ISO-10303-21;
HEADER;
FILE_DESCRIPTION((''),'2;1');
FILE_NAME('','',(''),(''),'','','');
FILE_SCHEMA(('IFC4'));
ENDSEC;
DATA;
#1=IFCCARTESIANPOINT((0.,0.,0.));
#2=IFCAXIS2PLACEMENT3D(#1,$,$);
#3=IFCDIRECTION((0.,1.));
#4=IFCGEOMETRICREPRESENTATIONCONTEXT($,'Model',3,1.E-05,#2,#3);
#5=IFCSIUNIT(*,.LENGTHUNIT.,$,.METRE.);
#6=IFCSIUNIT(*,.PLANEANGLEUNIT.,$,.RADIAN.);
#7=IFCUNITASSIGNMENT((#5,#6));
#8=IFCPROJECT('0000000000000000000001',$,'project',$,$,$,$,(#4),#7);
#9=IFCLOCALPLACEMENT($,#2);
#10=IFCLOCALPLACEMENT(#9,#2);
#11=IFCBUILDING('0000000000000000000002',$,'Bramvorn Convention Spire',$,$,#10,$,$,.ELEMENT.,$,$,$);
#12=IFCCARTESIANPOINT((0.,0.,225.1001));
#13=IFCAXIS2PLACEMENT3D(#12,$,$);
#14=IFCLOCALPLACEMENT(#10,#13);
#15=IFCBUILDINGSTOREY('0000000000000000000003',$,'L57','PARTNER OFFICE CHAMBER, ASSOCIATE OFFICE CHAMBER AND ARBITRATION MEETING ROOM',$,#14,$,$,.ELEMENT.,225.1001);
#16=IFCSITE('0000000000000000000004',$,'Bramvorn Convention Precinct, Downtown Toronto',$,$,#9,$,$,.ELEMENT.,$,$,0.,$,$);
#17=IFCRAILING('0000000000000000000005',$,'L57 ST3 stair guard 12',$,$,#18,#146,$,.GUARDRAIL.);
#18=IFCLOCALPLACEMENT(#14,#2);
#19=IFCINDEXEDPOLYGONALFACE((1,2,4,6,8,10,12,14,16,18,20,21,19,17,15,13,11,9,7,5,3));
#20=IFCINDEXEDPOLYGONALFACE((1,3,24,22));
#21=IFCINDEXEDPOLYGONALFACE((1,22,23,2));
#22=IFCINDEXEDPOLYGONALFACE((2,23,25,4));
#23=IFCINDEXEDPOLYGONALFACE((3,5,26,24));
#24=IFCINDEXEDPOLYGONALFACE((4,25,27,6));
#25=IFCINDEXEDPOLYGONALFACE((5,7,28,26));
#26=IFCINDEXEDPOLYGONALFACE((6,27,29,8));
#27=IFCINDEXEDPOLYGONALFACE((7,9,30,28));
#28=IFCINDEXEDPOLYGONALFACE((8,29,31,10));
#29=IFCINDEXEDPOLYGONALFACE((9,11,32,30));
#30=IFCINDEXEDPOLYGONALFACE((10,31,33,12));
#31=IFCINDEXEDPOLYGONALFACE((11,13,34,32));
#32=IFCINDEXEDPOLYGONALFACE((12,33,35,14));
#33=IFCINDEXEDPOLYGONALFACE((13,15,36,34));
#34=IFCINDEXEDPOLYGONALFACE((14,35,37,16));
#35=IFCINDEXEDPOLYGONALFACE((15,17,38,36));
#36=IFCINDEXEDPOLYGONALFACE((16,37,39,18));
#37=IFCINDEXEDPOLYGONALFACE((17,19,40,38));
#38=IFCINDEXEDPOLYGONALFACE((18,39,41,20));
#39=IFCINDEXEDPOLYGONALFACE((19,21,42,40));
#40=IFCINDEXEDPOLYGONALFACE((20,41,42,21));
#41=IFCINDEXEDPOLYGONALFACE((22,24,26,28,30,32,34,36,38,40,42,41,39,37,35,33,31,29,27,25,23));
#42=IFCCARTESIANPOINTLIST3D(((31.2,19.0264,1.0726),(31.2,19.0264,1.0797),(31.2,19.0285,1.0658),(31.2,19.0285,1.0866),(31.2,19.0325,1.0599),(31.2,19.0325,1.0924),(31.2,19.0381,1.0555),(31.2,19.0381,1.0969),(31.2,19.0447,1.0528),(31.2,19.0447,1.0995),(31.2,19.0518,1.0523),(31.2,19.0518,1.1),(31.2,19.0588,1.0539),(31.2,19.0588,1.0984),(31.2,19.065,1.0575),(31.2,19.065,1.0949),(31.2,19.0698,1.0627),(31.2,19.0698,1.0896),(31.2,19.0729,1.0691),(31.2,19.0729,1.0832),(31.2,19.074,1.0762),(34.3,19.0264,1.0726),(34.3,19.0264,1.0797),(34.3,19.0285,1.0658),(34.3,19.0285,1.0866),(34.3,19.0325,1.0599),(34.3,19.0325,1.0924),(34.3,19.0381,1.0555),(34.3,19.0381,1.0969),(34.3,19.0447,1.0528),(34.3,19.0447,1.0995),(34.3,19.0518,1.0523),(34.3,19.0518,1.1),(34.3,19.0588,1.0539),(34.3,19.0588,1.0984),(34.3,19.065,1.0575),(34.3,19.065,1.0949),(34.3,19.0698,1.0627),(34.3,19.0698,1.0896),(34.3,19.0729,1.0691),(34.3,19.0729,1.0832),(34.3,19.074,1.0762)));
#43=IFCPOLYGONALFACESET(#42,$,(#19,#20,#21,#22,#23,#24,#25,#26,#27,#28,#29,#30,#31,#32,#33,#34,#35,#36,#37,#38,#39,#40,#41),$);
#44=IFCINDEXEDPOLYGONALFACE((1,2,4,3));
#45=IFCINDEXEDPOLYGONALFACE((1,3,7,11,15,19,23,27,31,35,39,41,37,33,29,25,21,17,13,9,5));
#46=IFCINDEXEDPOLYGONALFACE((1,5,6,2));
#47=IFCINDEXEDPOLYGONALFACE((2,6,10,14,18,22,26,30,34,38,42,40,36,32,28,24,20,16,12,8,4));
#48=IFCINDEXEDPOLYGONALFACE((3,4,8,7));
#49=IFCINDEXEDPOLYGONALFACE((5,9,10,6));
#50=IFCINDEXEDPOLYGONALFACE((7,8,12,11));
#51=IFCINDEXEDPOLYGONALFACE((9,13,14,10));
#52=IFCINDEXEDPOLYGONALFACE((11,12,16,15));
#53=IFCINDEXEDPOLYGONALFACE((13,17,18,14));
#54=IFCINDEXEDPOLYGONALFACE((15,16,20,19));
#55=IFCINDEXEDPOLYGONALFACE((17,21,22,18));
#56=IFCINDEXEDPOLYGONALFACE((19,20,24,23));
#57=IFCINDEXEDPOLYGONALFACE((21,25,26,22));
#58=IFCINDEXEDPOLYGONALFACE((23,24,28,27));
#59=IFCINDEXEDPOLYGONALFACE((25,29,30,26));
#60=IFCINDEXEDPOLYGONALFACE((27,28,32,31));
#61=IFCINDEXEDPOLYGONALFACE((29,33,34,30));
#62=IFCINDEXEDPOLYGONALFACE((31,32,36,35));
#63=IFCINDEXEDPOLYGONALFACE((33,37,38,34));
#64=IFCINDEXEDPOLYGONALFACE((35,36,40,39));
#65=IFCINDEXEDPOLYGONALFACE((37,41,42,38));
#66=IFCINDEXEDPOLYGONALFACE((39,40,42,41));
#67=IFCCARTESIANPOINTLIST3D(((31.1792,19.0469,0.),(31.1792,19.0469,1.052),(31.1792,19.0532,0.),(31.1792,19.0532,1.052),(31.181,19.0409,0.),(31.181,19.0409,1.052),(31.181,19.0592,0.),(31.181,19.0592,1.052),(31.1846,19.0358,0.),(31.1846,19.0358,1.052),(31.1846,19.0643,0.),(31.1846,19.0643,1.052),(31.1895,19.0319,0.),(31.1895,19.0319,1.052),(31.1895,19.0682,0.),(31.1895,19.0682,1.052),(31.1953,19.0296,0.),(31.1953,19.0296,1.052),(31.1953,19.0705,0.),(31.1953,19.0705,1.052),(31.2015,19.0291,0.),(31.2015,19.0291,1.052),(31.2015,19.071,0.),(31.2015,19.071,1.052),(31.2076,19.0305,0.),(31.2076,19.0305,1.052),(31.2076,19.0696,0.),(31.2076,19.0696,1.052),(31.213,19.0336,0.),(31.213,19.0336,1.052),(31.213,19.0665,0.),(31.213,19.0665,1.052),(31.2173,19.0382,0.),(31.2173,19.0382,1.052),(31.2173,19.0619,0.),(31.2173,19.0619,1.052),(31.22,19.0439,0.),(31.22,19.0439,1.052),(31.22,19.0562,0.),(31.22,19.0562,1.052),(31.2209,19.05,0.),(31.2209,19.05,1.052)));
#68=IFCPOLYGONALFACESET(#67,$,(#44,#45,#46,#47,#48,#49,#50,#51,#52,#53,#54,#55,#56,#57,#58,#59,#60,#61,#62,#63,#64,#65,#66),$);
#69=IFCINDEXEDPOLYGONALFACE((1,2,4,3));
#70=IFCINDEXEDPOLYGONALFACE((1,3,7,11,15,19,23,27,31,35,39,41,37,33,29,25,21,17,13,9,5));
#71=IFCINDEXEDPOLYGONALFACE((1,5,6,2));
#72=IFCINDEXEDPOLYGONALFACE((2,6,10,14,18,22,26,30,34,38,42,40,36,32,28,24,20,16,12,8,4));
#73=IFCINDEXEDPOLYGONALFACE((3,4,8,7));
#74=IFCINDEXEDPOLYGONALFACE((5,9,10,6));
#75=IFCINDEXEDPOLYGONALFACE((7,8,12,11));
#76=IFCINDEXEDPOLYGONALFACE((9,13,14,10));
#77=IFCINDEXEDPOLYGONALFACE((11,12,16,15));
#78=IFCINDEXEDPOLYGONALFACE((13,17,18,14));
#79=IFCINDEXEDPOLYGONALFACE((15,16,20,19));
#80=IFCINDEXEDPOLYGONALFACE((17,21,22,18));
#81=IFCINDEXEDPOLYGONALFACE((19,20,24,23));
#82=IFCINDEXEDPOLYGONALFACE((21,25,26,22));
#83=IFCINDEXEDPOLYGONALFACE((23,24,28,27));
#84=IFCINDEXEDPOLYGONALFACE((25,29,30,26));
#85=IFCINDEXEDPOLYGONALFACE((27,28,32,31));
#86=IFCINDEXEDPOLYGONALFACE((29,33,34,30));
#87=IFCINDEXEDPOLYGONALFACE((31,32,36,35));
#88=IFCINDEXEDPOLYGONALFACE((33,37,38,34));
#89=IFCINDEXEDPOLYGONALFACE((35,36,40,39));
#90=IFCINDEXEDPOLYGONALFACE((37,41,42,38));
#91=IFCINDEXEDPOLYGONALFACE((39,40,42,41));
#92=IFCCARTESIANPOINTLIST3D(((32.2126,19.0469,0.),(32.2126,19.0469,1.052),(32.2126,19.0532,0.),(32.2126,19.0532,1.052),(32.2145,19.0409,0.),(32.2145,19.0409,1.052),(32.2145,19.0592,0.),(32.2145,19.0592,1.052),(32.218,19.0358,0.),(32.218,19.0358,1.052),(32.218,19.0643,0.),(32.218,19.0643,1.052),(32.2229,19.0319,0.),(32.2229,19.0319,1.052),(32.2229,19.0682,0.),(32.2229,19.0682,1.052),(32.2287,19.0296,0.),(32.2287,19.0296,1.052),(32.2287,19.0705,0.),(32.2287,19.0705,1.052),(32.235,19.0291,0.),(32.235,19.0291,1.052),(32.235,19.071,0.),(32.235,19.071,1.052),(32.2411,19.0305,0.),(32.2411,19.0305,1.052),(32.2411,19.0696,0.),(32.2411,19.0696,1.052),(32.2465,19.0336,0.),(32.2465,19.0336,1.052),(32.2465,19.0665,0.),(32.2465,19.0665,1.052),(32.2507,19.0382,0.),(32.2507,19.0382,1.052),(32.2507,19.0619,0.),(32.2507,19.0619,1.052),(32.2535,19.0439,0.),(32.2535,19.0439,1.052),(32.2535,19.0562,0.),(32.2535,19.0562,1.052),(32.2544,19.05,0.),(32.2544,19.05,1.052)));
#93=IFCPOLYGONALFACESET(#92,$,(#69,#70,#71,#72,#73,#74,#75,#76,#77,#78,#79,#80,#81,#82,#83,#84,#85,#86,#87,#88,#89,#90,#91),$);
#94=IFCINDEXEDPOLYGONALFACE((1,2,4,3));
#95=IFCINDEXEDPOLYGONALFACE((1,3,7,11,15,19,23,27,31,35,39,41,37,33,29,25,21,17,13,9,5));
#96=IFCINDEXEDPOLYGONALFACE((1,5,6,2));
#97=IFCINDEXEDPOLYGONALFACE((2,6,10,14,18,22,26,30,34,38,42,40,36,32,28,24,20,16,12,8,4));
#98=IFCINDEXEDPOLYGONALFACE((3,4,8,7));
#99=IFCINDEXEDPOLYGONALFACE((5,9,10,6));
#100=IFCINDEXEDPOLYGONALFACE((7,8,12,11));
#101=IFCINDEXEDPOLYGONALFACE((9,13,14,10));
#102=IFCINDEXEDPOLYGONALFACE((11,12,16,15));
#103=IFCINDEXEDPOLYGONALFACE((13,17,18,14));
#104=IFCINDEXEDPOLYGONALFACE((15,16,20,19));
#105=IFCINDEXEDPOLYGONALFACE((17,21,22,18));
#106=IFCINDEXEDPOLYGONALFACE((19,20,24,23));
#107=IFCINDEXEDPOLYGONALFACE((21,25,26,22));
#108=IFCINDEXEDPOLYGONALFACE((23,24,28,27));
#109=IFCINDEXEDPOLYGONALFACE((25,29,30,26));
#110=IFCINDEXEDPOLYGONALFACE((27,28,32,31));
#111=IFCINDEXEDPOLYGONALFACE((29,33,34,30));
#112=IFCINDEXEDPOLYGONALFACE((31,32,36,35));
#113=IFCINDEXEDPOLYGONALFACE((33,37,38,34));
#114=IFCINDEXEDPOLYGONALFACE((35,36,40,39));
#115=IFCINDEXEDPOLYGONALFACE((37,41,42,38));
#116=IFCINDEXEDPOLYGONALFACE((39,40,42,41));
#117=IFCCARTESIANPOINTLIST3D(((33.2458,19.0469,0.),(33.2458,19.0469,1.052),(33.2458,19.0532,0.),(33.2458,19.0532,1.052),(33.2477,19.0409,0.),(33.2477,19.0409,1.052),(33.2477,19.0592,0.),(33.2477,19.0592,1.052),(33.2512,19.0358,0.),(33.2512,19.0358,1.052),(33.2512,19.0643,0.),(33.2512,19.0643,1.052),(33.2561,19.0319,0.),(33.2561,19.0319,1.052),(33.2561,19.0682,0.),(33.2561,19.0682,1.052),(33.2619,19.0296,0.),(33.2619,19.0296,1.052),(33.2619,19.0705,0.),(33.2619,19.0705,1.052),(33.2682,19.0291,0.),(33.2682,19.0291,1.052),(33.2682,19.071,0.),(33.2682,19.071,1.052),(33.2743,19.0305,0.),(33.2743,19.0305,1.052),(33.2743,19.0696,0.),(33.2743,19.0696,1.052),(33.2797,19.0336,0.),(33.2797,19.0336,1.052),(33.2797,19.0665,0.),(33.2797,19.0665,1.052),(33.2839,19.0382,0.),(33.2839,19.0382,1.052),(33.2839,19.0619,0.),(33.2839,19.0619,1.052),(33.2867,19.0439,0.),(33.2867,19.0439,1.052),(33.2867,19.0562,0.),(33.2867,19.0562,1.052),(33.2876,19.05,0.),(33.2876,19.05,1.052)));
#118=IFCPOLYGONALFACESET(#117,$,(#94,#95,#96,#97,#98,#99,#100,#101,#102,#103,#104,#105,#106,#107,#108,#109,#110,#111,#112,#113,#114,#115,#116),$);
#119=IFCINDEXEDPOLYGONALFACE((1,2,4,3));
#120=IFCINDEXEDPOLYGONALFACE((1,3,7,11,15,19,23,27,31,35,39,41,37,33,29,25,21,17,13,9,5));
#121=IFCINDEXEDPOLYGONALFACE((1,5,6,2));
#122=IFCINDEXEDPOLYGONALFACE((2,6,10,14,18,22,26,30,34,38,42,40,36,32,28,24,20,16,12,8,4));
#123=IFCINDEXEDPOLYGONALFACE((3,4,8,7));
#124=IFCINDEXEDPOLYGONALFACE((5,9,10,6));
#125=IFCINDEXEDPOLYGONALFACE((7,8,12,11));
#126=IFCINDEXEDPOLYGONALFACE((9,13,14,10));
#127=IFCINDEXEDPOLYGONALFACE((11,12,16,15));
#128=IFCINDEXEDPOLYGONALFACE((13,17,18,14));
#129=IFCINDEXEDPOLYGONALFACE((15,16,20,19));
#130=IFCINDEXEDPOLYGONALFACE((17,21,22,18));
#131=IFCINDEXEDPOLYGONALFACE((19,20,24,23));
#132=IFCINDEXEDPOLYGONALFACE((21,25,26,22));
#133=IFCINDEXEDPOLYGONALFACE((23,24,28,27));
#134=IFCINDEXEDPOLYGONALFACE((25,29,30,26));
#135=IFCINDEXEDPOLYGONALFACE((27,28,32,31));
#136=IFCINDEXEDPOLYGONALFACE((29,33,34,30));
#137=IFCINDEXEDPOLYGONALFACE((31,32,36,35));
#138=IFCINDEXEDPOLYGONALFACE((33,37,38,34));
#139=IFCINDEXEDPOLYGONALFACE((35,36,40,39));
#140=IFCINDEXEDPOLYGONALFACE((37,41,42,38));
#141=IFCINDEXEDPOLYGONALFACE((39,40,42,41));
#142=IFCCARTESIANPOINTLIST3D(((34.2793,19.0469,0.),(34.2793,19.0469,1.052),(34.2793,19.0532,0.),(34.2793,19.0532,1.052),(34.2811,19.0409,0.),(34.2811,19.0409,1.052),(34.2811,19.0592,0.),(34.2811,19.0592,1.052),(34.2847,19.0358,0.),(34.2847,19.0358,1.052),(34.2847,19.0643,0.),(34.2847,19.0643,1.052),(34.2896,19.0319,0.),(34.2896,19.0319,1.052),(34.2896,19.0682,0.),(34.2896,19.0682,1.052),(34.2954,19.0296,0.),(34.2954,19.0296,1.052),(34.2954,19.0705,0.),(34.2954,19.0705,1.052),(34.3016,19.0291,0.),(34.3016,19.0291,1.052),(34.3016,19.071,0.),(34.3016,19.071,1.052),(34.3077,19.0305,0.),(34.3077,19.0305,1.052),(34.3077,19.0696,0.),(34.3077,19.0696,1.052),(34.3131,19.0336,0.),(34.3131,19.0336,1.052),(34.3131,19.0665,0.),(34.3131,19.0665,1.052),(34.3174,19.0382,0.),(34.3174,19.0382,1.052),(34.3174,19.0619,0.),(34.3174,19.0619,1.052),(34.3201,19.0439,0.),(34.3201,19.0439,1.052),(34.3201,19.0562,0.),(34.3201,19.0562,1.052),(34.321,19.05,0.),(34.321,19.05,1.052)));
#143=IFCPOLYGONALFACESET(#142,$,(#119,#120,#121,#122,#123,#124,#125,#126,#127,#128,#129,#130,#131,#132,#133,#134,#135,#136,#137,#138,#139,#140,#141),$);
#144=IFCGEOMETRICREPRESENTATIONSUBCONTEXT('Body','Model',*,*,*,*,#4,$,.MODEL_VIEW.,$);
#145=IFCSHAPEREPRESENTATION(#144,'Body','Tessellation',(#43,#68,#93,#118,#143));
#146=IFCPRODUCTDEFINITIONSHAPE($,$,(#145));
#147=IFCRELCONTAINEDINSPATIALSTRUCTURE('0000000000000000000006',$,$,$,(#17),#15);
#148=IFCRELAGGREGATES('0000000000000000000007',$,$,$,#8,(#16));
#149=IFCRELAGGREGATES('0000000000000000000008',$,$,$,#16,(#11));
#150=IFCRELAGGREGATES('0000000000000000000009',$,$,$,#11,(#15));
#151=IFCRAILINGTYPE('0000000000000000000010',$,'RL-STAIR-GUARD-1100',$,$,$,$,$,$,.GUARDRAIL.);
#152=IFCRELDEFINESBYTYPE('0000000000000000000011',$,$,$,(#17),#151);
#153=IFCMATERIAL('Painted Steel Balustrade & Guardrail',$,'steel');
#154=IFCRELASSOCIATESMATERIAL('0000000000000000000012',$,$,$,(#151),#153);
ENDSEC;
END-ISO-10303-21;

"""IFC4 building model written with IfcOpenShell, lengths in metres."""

from ifc_helpers import new_model, si_unit, direction, frame, origin, origin_2d, place, context, subcontext, project, spatial, circle, extrude, material, type_object, element, save


model = new_model("IFC4")

# Units and contexts
model_context = context("Model", 3, precision=1e-05, world=origin(), true_north=direction((0.0, 1.0)))
body_context = subcontext(model_context, "Body", "Model", "MODEL_VIEW")
ifc_project = project(units=[si_unit("LENGTHUNIT", "METRE"), si_unit("PLANEANGLEUNIT", "RADIAN")], contexts=[model_context])

# Site, building, storey
site_placement = place(None, origin())
site = spatial("IfcSite", under=ifc_project, at=site_placement, Name="Bramvorn Convention Precinct, Downtown Toronto", CompositionType="ELEMENT", RefElevation=0.0)
building_placement = place(site_placement, origin())
building = spatial("IfcBuilding", under=site, at=building_placement, Name="Bramvorn Convention Spire", CompositionType="ELEMENT")
storey_placement = place(building_placement, frame((0.0, 0.0, 225.1001)))
storey = spatial("IfcBuildingStorey", under=building, at=storey_placement, Name="L57", Description="PARTNER OFFICE CHAMBER, ASSOCIATE OFFICE CHAMBER AND ARBITRATION MEETING ROOM", CompositionType="ELEMENT", Elevation=225.1001)

# Railing
ifc_material_1 = material(Name="Painted Steel Balustrade & Guardrail", Category="steel")
railing_type = type_object("IfcRailingType", Name="RL-STAIR-GUARD-1100", PredefinedType="GUARDRAIL", material=ifc_material_1)
railing_placement = place(storey_placement, frame((31.2, 19.05, 0.0)))
element("IfcRailing", 1, at=railing_placement, inside=storey, type_object=railing_type, Name="L57 ST3 stair guard 12", PredefinedType="GUARDRAIL", context=body_context, shape_type="SweptSolid", body=[
    extrude(circle(Radius=0.0239, at=origin_2d()), frame((0.0, 0.0, 1.0762), z_axis=(1.0, 0.0, 0.0), x_axis=(0.0, 1.0, 0.0)), (0.0, 0.0, 1.0), 3.1001),
    extrude(circle(Radius=0.021, at=origin_2d()), origin(), (0.0, 0.0, 1.0), 1.052),
    extrude(circle(Radius=0.021, at=origin_2d()), frame((1.0334, 0.0, 0.0)), (0.0, 0.0, 1.0), 1.052),
    extrude(circle(Radius=0.021, at=origin_2d()), frame((2.0667, 0.0, 0.0)), (0.0, 0.0, 1.0), 1.052),
    extrude(circle(Radius=0.021, at=origin_2d()), frame((3.1001, 0.0, 0.0)), (0.0, 0.0, 1.0), 1.052),
])

save(model, "model.ifc")
